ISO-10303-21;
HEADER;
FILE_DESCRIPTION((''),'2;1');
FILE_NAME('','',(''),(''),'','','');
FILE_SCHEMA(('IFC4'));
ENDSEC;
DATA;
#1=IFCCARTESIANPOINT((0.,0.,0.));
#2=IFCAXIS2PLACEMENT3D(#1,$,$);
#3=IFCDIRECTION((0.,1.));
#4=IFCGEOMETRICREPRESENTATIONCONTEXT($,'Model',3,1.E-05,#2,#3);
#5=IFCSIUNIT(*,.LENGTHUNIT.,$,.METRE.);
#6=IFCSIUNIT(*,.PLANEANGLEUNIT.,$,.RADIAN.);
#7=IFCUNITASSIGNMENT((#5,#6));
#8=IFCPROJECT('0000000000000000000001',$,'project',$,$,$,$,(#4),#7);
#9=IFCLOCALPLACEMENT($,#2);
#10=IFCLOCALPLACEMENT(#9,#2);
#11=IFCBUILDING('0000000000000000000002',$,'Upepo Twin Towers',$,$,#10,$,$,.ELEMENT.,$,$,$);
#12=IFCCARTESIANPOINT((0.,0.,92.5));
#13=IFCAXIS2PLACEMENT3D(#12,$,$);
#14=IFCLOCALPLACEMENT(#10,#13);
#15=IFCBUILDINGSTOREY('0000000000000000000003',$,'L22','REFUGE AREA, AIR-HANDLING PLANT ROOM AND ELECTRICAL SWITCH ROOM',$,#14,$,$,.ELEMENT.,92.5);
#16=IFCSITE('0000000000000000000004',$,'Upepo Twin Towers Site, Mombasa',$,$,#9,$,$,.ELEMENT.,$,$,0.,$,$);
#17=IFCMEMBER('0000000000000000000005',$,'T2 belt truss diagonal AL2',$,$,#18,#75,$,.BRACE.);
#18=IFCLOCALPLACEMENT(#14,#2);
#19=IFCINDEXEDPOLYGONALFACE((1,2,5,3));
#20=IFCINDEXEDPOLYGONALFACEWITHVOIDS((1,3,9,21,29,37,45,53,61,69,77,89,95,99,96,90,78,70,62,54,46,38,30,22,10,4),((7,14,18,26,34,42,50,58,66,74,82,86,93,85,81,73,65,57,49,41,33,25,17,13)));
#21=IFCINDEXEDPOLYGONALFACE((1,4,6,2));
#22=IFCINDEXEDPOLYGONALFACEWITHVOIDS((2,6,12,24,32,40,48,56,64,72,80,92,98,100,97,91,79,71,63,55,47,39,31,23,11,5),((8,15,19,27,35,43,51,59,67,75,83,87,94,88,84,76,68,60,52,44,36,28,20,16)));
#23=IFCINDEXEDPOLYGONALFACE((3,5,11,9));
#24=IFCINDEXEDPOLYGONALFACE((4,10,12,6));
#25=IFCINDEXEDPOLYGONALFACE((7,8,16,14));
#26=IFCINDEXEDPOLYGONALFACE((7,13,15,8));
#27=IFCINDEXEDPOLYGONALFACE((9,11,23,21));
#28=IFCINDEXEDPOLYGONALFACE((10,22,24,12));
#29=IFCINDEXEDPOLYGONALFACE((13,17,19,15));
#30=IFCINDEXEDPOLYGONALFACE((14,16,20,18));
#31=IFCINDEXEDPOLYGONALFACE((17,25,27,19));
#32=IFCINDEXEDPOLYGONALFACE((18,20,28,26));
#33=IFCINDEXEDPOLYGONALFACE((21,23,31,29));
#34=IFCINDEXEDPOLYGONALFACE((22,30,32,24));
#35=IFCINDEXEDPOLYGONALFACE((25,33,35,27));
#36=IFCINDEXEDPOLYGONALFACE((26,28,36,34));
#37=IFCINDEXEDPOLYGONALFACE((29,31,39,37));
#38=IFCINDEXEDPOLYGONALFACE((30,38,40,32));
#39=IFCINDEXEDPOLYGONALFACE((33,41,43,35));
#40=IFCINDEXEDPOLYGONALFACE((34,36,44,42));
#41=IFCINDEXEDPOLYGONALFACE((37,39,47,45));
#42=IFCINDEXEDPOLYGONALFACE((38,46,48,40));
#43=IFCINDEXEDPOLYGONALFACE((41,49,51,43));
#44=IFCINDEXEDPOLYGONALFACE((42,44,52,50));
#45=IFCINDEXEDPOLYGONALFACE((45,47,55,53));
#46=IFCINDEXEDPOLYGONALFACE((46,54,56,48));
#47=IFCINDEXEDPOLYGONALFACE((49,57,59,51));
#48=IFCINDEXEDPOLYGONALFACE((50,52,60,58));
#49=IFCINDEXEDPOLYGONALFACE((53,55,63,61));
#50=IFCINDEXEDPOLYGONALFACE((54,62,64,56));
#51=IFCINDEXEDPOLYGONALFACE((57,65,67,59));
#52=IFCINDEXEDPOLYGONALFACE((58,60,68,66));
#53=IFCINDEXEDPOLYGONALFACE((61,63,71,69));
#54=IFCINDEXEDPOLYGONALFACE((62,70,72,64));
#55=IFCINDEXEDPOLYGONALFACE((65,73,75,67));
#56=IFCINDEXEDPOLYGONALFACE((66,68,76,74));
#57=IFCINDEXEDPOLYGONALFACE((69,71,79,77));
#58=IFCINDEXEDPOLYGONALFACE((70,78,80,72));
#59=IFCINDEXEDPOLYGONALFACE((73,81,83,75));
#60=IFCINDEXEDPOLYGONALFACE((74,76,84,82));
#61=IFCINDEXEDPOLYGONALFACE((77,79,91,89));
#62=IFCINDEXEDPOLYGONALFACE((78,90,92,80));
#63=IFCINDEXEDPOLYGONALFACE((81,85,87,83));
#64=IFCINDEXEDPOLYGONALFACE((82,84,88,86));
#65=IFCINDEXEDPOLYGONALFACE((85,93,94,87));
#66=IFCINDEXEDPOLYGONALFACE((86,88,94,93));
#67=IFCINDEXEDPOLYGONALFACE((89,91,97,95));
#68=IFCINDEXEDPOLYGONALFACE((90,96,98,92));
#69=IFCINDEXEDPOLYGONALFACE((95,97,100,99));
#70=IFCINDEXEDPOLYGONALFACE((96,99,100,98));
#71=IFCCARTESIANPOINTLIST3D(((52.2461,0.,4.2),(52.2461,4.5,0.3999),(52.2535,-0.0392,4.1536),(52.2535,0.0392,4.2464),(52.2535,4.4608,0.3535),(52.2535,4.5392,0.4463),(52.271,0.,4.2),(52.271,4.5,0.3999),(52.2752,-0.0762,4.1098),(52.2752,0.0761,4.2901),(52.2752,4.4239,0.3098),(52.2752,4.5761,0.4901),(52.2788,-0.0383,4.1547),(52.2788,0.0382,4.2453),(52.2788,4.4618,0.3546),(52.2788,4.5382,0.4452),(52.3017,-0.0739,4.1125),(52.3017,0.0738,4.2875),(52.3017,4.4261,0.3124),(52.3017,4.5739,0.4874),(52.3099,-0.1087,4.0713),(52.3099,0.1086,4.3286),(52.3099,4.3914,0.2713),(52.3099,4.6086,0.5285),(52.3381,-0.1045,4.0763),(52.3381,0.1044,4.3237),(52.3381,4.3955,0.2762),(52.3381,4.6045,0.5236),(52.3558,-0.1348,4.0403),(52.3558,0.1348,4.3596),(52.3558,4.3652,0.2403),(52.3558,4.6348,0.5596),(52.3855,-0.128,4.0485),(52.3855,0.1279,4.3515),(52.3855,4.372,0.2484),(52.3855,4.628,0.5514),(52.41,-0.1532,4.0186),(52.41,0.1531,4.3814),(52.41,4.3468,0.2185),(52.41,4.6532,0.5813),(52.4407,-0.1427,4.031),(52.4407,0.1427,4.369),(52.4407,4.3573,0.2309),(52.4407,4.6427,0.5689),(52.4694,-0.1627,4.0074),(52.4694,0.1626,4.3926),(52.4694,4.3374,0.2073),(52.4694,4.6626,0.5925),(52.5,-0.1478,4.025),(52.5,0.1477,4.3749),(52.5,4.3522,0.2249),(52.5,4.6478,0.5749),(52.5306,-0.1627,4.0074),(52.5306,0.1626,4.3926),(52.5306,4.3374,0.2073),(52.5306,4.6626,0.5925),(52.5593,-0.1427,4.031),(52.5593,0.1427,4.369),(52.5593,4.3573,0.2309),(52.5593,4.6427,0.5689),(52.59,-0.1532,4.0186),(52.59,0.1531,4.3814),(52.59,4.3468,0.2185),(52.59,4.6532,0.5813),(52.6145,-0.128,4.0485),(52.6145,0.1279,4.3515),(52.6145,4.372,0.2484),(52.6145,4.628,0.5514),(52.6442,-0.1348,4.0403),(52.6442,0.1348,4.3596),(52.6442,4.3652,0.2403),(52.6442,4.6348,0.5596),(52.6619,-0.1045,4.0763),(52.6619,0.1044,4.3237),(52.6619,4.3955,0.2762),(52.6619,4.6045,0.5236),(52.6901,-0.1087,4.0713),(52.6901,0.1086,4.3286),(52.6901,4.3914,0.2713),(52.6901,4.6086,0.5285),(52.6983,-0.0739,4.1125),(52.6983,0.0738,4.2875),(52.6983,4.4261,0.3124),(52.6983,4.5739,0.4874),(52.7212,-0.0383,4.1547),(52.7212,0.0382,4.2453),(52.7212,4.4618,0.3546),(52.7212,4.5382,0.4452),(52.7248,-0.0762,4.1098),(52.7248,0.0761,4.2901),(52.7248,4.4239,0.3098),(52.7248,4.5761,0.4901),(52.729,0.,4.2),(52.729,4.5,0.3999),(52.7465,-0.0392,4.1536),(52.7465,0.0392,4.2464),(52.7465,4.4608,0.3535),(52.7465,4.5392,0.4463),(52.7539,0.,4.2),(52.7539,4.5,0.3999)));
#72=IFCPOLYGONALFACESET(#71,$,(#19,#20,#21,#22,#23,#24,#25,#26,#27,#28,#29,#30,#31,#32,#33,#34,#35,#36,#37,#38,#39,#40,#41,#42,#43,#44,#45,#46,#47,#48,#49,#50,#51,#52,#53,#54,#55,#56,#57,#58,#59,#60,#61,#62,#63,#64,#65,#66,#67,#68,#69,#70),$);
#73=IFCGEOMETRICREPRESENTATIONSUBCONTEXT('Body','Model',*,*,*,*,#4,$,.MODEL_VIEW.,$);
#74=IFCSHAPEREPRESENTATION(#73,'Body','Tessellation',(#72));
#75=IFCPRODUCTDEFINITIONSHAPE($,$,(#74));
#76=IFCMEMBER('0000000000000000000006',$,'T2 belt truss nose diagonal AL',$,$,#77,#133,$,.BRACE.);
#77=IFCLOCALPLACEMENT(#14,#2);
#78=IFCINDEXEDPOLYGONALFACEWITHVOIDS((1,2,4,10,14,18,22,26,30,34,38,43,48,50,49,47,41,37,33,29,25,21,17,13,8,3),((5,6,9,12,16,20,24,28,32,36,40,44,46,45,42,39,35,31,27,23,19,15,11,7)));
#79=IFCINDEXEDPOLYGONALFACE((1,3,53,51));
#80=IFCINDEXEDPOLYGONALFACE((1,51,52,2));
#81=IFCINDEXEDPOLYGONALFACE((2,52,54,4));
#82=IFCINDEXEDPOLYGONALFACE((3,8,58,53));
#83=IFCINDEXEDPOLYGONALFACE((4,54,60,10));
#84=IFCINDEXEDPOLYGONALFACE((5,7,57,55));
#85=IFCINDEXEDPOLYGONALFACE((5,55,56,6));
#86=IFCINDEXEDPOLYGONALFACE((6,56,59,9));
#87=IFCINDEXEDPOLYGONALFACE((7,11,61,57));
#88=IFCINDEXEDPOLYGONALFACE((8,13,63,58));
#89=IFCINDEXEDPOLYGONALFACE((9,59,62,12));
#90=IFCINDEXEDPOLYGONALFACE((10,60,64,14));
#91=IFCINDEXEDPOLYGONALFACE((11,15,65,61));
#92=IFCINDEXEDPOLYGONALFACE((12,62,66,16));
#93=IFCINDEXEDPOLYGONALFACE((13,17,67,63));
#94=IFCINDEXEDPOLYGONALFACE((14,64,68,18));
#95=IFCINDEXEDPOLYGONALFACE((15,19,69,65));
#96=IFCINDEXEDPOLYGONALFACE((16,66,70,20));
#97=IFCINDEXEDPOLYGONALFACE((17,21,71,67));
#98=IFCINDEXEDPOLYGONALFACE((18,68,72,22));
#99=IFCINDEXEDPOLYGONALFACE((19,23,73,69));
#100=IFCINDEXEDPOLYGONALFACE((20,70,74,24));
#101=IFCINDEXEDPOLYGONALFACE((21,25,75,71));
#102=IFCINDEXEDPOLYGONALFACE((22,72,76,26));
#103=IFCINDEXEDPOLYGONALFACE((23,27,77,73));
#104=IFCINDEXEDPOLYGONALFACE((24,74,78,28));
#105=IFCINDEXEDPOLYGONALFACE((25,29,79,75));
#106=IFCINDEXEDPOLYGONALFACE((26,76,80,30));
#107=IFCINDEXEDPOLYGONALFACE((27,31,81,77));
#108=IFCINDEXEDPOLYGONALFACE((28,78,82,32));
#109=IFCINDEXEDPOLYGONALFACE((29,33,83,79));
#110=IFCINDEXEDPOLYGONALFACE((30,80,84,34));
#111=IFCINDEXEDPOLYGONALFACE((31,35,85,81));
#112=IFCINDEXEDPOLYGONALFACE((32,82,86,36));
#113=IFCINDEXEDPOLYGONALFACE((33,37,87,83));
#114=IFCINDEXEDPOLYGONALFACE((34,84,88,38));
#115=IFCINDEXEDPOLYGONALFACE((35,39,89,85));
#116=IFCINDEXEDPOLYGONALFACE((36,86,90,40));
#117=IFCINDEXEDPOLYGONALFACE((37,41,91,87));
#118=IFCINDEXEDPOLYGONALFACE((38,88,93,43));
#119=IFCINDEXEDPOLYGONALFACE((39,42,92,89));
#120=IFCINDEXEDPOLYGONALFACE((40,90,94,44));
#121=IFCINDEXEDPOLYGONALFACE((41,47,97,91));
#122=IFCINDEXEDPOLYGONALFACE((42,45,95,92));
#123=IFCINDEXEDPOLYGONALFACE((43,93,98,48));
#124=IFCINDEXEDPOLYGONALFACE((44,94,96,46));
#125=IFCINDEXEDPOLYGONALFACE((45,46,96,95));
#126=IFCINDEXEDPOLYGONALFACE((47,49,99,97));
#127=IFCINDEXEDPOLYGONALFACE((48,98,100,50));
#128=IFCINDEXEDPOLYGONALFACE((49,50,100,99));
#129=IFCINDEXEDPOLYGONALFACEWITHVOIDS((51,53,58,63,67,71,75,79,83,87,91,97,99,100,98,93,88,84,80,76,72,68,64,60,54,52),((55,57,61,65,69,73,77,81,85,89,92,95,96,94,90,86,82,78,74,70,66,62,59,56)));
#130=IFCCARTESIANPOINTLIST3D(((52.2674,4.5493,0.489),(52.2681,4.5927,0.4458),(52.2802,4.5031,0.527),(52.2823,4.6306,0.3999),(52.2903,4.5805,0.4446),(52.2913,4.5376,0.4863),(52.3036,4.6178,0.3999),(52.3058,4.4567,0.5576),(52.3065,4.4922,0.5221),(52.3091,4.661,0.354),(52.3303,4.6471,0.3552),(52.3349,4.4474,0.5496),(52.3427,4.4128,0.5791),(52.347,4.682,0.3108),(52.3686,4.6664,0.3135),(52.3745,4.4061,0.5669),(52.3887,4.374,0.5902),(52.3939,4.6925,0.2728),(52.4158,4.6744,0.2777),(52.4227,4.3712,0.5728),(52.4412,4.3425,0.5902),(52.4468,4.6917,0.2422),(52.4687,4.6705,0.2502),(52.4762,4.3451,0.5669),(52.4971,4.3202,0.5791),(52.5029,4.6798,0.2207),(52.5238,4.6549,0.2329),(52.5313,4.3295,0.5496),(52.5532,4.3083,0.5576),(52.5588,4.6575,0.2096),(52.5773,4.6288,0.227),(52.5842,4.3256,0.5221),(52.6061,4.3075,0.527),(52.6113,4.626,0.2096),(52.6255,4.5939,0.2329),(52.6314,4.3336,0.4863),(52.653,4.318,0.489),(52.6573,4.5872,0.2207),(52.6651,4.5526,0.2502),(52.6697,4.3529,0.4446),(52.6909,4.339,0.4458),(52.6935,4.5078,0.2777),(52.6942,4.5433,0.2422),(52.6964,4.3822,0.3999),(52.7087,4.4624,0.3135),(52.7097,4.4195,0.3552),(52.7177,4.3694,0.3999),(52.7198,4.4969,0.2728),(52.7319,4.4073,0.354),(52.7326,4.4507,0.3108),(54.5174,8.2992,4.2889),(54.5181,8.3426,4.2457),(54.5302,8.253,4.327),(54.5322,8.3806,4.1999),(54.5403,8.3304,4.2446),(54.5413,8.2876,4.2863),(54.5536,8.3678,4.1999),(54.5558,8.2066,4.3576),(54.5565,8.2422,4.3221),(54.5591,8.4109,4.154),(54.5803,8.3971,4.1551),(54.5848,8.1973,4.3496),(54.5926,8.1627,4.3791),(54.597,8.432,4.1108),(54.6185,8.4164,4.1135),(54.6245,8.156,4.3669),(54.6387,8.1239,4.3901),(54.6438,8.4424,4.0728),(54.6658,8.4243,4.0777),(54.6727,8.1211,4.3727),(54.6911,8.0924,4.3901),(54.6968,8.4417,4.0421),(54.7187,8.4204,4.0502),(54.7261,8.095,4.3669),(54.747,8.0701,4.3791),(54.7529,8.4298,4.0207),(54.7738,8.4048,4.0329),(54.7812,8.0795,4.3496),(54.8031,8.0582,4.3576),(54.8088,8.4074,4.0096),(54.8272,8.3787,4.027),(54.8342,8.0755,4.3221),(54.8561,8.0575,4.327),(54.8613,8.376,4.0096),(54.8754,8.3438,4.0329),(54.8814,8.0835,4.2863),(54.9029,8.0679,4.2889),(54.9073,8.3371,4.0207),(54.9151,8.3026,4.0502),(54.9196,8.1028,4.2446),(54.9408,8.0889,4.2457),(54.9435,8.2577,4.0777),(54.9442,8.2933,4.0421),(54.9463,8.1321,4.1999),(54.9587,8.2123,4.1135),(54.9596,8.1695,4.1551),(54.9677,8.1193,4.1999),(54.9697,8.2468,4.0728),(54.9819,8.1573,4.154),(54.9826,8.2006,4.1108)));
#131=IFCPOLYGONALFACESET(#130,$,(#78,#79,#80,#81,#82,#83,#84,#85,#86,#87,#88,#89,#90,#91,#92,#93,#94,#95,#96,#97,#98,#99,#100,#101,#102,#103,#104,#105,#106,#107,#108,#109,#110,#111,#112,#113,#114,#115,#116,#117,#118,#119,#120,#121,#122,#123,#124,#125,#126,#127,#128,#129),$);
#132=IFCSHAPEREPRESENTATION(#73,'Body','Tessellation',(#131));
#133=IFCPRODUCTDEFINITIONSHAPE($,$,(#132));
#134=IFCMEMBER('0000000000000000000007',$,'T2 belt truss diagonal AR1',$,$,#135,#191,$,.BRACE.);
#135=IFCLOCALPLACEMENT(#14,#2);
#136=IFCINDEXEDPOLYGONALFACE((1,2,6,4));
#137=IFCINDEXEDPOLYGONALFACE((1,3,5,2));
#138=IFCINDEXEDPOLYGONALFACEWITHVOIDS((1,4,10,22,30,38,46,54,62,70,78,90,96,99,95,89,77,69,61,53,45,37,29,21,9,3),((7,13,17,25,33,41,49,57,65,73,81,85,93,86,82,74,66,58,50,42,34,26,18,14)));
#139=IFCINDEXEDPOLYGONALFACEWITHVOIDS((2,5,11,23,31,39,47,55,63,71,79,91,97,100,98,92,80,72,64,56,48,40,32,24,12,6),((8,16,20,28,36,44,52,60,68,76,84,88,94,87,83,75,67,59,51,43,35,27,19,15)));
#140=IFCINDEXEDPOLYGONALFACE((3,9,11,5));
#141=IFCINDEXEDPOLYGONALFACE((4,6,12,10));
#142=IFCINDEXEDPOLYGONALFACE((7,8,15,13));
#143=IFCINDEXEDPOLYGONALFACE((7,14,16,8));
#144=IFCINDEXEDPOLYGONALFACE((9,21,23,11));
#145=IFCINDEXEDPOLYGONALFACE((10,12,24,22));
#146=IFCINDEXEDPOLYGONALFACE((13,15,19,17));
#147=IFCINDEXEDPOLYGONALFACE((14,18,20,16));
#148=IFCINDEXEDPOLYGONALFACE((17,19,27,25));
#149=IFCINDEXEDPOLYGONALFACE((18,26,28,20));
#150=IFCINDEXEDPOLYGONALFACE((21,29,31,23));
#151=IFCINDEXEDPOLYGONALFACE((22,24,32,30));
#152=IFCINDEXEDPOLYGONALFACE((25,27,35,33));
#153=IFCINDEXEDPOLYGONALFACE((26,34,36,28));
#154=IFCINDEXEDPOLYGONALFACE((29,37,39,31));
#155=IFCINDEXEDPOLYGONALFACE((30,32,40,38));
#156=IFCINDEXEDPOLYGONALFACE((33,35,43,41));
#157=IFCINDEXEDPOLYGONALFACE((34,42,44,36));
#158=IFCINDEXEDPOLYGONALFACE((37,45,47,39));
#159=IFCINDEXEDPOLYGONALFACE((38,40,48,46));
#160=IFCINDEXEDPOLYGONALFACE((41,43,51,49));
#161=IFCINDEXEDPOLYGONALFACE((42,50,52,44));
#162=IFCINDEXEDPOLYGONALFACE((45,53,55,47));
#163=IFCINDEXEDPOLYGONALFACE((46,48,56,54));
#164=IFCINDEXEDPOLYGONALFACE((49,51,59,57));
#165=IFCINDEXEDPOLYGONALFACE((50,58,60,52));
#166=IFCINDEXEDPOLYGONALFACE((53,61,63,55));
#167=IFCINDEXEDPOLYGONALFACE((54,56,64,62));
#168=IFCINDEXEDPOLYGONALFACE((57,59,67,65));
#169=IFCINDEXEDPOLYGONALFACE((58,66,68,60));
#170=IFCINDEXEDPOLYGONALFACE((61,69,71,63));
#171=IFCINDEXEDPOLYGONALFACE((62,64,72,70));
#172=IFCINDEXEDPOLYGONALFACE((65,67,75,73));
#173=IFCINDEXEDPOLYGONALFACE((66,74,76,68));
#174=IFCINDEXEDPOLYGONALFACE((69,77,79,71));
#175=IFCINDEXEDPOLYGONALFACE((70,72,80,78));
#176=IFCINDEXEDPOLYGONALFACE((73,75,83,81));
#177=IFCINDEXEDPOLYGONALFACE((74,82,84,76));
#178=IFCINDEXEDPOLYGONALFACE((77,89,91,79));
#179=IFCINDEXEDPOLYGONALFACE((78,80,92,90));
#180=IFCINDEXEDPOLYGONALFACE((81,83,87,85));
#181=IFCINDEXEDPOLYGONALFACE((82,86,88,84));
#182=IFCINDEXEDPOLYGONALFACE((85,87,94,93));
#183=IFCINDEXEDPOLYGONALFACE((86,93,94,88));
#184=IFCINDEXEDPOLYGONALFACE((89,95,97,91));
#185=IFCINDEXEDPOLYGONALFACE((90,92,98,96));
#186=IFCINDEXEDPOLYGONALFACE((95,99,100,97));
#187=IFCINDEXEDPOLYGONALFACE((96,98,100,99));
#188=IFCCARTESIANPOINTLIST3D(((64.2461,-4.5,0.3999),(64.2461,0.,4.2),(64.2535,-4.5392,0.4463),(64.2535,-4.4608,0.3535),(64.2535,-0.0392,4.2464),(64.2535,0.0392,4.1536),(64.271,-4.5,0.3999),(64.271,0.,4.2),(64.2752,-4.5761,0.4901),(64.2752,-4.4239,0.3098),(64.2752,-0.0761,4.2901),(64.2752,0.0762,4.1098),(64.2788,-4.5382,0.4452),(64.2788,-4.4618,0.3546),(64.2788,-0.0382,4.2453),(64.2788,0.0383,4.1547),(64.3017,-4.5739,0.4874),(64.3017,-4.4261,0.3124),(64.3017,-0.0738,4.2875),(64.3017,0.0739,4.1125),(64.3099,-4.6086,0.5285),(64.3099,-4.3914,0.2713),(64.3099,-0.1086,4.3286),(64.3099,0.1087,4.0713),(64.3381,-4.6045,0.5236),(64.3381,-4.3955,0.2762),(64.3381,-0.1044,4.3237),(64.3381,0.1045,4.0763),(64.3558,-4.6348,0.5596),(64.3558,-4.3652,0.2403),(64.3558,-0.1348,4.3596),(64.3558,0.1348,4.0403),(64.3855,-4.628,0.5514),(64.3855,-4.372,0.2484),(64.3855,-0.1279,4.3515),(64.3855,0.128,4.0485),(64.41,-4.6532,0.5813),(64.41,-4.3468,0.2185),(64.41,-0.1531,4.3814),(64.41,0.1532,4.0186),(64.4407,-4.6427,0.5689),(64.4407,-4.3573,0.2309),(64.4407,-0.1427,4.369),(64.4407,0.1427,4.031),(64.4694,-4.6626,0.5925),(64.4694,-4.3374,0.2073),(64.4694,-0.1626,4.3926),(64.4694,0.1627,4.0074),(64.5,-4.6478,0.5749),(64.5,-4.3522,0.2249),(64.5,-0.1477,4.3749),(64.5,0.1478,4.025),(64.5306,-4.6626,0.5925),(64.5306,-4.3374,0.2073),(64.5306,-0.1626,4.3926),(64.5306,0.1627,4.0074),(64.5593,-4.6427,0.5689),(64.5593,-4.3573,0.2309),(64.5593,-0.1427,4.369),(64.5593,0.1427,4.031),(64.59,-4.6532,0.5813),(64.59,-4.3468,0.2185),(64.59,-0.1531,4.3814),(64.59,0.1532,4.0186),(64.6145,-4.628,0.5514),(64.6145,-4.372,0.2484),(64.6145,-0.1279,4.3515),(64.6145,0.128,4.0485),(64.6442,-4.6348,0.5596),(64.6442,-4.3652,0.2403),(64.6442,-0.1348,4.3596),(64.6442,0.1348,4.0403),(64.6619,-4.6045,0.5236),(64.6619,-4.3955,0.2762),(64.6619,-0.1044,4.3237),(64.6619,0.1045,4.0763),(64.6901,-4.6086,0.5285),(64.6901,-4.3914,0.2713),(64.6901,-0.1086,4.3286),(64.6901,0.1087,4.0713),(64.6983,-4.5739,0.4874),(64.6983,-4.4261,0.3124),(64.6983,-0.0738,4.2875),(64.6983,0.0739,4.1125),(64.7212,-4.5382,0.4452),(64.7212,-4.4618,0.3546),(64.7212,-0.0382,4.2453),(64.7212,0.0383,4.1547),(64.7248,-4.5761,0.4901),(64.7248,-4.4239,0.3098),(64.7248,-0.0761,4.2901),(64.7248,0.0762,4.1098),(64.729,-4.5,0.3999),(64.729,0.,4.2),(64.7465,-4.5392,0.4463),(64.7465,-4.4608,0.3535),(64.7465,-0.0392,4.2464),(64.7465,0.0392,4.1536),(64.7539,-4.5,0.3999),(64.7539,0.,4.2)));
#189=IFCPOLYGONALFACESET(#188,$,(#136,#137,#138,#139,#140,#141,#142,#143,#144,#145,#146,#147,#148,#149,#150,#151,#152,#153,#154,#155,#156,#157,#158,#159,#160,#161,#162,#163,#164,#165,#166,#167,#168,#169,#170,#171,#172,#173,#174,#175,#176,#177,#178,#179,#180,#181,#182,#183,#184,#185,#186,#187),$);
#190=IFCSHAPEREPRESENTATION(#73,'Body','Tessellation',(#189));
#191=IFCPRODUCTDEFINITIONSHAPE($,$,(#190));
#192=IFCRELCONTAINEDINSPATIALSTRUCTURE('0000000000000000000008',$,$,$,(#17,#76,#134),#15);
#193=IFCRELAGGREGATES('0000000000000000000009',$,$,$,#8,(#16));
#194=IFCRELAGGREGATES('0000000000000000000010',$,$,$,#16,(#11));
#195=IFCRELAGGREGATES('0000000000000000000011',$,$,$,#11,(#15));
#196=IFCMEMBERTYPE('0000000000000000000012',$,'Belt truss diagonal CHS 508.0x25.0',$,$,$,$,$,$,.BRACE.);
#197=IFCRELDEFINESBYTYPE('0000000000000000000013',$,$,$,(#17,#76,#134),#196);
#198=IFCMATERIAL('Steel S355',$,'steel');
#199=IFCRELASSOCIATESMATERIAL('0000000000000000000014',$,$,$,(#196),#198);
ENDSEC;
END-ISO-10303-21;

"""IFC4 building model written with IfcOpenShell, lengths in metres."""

from ifc_helpers import new_model, si_unit, direction, frame, origin, origin_2d, place, context, subcontext, project, spatial, hollow_circle, extrude, material, material_profile, profile_set, type_object, element, save


model = new_model("IFC4")

# Units and contexts
model_context = context("Model", 3, precision=1e-05, world=origin(), true_north=direction((0.0, 1.0)))
body_context = subcontext(model_context, "Body", "Model", "MODEL_VIEW")
ifc_project = project(units=[si_unit("LENGTHUNIT", "METRE"), si_unit("PLANEANGLEUNIT", "RADIAN")], contexts=[model_context])

# Site, building, storey
site_placement = place(None, origin())
site = spatial("IfcSite", under=ifc_project, at=site_placement, Name="Upepo Twin Towers Site, Mombasa", CompositionType="ELEMENT", RefElevation=0.0)
building_placement = place(site_placement, origin())
building = spatial("IfcBuilding", under=site, at=building_placement, Name="Upepo Twin Towers", CompositionType="ELEMENT")
storey_placement = place(building_placement, frame((0.0, 0.0, 92.5)))
storey = spatial("IfcBuildingStorey", under=building, at=storey_placement, Name="L22", Description="REFUGE AREA, AIR-HANDLING PLANT ROOM AND ELECTRICAL SWITCH ROOM", CompositionType="ELEMENT", Elevation=92.5)

# Members
ifc_material_1 = material(Name="Steel S355", Category="steel")
ifc_material_profile_1 = material_profile(ifc_material_1, hollow_circle(Radius=0.2539, WallThickness=0.0249, at=origin_2d()), Name="CHS 508.0x25.0")
ifc_profile_set_1 = profile_set([ifc_material_profile_1], Name="Steel S355")
member_type = type_object("IfcMemberType", Name="Belt truss diagonal CHS 508.0x25.0", PredefinedType="BRACE", material=ifc_profile_set_1)
member_1_placement = place(storey_placement, frame((52.5, 4.5, 0.3999), z_axis=(0.0, -0.764026, 0.645186), x_axis=(1.0, 0.0, 0.0)))
element("IfcMember", 1, at=member_1_placement, inside=storey, type_object=member_type, Name="T2 belt truss diagonal AL2", PredefinedType="BRACE", context=body_context, shape_type="SweptSolid", body=[
    extrude(hollow_circle(Radius=0.2539, WallThickness=0.0249, at=origin_2d()), origin(), (0.0, 0.0, 1.0), 5.8899),
])
member_2_placement = place(storey_placement, frame((52.5, 4.5, 0.3999), z_axis=(0.388362, 0.64727, 0.655909), x_axis=(-0.857493, 0.514496, 0.0)))
element("IfcMember", 2, at=member_2_placement, inside=storey, type_object=member_type, Name="T2 belt truss nose diagonal AL", PredefinedType="BRACE", context=body_context, shape_type="SweptSolid", body=[
    extrude(hollow_circle(Radius=0.2539, WallThickness=0.0249, at=origin_2d()), origin(), (0.0, 0.0, 1.0), 5.7935),
])
for number, where, z_axis, x_axis, name in (
    (3, (64.5, -4.5, 0.3999), (0.0, 0.764026, 0.645186), (-1.0, 0.0, 0.0), "T2 belt truss diagonal AR1"),
):
    element("IfcMember", number, at=place(storey_placement, frame(where, z_axis=z_axis, x_axis=x_axis)), inside=storey, type_object=member_type, Name=name, PredefinedType="BRACE", context=body_context, shape_type="SweptSolid", body=[
        extrude(hollow_circle(Radius=0.2539, WallThickness=0.0249, at=origin_2d()), origin(), (0.0, 0.0, 1.0), 5.8899),
    ])

save(model, "model.ifc")
